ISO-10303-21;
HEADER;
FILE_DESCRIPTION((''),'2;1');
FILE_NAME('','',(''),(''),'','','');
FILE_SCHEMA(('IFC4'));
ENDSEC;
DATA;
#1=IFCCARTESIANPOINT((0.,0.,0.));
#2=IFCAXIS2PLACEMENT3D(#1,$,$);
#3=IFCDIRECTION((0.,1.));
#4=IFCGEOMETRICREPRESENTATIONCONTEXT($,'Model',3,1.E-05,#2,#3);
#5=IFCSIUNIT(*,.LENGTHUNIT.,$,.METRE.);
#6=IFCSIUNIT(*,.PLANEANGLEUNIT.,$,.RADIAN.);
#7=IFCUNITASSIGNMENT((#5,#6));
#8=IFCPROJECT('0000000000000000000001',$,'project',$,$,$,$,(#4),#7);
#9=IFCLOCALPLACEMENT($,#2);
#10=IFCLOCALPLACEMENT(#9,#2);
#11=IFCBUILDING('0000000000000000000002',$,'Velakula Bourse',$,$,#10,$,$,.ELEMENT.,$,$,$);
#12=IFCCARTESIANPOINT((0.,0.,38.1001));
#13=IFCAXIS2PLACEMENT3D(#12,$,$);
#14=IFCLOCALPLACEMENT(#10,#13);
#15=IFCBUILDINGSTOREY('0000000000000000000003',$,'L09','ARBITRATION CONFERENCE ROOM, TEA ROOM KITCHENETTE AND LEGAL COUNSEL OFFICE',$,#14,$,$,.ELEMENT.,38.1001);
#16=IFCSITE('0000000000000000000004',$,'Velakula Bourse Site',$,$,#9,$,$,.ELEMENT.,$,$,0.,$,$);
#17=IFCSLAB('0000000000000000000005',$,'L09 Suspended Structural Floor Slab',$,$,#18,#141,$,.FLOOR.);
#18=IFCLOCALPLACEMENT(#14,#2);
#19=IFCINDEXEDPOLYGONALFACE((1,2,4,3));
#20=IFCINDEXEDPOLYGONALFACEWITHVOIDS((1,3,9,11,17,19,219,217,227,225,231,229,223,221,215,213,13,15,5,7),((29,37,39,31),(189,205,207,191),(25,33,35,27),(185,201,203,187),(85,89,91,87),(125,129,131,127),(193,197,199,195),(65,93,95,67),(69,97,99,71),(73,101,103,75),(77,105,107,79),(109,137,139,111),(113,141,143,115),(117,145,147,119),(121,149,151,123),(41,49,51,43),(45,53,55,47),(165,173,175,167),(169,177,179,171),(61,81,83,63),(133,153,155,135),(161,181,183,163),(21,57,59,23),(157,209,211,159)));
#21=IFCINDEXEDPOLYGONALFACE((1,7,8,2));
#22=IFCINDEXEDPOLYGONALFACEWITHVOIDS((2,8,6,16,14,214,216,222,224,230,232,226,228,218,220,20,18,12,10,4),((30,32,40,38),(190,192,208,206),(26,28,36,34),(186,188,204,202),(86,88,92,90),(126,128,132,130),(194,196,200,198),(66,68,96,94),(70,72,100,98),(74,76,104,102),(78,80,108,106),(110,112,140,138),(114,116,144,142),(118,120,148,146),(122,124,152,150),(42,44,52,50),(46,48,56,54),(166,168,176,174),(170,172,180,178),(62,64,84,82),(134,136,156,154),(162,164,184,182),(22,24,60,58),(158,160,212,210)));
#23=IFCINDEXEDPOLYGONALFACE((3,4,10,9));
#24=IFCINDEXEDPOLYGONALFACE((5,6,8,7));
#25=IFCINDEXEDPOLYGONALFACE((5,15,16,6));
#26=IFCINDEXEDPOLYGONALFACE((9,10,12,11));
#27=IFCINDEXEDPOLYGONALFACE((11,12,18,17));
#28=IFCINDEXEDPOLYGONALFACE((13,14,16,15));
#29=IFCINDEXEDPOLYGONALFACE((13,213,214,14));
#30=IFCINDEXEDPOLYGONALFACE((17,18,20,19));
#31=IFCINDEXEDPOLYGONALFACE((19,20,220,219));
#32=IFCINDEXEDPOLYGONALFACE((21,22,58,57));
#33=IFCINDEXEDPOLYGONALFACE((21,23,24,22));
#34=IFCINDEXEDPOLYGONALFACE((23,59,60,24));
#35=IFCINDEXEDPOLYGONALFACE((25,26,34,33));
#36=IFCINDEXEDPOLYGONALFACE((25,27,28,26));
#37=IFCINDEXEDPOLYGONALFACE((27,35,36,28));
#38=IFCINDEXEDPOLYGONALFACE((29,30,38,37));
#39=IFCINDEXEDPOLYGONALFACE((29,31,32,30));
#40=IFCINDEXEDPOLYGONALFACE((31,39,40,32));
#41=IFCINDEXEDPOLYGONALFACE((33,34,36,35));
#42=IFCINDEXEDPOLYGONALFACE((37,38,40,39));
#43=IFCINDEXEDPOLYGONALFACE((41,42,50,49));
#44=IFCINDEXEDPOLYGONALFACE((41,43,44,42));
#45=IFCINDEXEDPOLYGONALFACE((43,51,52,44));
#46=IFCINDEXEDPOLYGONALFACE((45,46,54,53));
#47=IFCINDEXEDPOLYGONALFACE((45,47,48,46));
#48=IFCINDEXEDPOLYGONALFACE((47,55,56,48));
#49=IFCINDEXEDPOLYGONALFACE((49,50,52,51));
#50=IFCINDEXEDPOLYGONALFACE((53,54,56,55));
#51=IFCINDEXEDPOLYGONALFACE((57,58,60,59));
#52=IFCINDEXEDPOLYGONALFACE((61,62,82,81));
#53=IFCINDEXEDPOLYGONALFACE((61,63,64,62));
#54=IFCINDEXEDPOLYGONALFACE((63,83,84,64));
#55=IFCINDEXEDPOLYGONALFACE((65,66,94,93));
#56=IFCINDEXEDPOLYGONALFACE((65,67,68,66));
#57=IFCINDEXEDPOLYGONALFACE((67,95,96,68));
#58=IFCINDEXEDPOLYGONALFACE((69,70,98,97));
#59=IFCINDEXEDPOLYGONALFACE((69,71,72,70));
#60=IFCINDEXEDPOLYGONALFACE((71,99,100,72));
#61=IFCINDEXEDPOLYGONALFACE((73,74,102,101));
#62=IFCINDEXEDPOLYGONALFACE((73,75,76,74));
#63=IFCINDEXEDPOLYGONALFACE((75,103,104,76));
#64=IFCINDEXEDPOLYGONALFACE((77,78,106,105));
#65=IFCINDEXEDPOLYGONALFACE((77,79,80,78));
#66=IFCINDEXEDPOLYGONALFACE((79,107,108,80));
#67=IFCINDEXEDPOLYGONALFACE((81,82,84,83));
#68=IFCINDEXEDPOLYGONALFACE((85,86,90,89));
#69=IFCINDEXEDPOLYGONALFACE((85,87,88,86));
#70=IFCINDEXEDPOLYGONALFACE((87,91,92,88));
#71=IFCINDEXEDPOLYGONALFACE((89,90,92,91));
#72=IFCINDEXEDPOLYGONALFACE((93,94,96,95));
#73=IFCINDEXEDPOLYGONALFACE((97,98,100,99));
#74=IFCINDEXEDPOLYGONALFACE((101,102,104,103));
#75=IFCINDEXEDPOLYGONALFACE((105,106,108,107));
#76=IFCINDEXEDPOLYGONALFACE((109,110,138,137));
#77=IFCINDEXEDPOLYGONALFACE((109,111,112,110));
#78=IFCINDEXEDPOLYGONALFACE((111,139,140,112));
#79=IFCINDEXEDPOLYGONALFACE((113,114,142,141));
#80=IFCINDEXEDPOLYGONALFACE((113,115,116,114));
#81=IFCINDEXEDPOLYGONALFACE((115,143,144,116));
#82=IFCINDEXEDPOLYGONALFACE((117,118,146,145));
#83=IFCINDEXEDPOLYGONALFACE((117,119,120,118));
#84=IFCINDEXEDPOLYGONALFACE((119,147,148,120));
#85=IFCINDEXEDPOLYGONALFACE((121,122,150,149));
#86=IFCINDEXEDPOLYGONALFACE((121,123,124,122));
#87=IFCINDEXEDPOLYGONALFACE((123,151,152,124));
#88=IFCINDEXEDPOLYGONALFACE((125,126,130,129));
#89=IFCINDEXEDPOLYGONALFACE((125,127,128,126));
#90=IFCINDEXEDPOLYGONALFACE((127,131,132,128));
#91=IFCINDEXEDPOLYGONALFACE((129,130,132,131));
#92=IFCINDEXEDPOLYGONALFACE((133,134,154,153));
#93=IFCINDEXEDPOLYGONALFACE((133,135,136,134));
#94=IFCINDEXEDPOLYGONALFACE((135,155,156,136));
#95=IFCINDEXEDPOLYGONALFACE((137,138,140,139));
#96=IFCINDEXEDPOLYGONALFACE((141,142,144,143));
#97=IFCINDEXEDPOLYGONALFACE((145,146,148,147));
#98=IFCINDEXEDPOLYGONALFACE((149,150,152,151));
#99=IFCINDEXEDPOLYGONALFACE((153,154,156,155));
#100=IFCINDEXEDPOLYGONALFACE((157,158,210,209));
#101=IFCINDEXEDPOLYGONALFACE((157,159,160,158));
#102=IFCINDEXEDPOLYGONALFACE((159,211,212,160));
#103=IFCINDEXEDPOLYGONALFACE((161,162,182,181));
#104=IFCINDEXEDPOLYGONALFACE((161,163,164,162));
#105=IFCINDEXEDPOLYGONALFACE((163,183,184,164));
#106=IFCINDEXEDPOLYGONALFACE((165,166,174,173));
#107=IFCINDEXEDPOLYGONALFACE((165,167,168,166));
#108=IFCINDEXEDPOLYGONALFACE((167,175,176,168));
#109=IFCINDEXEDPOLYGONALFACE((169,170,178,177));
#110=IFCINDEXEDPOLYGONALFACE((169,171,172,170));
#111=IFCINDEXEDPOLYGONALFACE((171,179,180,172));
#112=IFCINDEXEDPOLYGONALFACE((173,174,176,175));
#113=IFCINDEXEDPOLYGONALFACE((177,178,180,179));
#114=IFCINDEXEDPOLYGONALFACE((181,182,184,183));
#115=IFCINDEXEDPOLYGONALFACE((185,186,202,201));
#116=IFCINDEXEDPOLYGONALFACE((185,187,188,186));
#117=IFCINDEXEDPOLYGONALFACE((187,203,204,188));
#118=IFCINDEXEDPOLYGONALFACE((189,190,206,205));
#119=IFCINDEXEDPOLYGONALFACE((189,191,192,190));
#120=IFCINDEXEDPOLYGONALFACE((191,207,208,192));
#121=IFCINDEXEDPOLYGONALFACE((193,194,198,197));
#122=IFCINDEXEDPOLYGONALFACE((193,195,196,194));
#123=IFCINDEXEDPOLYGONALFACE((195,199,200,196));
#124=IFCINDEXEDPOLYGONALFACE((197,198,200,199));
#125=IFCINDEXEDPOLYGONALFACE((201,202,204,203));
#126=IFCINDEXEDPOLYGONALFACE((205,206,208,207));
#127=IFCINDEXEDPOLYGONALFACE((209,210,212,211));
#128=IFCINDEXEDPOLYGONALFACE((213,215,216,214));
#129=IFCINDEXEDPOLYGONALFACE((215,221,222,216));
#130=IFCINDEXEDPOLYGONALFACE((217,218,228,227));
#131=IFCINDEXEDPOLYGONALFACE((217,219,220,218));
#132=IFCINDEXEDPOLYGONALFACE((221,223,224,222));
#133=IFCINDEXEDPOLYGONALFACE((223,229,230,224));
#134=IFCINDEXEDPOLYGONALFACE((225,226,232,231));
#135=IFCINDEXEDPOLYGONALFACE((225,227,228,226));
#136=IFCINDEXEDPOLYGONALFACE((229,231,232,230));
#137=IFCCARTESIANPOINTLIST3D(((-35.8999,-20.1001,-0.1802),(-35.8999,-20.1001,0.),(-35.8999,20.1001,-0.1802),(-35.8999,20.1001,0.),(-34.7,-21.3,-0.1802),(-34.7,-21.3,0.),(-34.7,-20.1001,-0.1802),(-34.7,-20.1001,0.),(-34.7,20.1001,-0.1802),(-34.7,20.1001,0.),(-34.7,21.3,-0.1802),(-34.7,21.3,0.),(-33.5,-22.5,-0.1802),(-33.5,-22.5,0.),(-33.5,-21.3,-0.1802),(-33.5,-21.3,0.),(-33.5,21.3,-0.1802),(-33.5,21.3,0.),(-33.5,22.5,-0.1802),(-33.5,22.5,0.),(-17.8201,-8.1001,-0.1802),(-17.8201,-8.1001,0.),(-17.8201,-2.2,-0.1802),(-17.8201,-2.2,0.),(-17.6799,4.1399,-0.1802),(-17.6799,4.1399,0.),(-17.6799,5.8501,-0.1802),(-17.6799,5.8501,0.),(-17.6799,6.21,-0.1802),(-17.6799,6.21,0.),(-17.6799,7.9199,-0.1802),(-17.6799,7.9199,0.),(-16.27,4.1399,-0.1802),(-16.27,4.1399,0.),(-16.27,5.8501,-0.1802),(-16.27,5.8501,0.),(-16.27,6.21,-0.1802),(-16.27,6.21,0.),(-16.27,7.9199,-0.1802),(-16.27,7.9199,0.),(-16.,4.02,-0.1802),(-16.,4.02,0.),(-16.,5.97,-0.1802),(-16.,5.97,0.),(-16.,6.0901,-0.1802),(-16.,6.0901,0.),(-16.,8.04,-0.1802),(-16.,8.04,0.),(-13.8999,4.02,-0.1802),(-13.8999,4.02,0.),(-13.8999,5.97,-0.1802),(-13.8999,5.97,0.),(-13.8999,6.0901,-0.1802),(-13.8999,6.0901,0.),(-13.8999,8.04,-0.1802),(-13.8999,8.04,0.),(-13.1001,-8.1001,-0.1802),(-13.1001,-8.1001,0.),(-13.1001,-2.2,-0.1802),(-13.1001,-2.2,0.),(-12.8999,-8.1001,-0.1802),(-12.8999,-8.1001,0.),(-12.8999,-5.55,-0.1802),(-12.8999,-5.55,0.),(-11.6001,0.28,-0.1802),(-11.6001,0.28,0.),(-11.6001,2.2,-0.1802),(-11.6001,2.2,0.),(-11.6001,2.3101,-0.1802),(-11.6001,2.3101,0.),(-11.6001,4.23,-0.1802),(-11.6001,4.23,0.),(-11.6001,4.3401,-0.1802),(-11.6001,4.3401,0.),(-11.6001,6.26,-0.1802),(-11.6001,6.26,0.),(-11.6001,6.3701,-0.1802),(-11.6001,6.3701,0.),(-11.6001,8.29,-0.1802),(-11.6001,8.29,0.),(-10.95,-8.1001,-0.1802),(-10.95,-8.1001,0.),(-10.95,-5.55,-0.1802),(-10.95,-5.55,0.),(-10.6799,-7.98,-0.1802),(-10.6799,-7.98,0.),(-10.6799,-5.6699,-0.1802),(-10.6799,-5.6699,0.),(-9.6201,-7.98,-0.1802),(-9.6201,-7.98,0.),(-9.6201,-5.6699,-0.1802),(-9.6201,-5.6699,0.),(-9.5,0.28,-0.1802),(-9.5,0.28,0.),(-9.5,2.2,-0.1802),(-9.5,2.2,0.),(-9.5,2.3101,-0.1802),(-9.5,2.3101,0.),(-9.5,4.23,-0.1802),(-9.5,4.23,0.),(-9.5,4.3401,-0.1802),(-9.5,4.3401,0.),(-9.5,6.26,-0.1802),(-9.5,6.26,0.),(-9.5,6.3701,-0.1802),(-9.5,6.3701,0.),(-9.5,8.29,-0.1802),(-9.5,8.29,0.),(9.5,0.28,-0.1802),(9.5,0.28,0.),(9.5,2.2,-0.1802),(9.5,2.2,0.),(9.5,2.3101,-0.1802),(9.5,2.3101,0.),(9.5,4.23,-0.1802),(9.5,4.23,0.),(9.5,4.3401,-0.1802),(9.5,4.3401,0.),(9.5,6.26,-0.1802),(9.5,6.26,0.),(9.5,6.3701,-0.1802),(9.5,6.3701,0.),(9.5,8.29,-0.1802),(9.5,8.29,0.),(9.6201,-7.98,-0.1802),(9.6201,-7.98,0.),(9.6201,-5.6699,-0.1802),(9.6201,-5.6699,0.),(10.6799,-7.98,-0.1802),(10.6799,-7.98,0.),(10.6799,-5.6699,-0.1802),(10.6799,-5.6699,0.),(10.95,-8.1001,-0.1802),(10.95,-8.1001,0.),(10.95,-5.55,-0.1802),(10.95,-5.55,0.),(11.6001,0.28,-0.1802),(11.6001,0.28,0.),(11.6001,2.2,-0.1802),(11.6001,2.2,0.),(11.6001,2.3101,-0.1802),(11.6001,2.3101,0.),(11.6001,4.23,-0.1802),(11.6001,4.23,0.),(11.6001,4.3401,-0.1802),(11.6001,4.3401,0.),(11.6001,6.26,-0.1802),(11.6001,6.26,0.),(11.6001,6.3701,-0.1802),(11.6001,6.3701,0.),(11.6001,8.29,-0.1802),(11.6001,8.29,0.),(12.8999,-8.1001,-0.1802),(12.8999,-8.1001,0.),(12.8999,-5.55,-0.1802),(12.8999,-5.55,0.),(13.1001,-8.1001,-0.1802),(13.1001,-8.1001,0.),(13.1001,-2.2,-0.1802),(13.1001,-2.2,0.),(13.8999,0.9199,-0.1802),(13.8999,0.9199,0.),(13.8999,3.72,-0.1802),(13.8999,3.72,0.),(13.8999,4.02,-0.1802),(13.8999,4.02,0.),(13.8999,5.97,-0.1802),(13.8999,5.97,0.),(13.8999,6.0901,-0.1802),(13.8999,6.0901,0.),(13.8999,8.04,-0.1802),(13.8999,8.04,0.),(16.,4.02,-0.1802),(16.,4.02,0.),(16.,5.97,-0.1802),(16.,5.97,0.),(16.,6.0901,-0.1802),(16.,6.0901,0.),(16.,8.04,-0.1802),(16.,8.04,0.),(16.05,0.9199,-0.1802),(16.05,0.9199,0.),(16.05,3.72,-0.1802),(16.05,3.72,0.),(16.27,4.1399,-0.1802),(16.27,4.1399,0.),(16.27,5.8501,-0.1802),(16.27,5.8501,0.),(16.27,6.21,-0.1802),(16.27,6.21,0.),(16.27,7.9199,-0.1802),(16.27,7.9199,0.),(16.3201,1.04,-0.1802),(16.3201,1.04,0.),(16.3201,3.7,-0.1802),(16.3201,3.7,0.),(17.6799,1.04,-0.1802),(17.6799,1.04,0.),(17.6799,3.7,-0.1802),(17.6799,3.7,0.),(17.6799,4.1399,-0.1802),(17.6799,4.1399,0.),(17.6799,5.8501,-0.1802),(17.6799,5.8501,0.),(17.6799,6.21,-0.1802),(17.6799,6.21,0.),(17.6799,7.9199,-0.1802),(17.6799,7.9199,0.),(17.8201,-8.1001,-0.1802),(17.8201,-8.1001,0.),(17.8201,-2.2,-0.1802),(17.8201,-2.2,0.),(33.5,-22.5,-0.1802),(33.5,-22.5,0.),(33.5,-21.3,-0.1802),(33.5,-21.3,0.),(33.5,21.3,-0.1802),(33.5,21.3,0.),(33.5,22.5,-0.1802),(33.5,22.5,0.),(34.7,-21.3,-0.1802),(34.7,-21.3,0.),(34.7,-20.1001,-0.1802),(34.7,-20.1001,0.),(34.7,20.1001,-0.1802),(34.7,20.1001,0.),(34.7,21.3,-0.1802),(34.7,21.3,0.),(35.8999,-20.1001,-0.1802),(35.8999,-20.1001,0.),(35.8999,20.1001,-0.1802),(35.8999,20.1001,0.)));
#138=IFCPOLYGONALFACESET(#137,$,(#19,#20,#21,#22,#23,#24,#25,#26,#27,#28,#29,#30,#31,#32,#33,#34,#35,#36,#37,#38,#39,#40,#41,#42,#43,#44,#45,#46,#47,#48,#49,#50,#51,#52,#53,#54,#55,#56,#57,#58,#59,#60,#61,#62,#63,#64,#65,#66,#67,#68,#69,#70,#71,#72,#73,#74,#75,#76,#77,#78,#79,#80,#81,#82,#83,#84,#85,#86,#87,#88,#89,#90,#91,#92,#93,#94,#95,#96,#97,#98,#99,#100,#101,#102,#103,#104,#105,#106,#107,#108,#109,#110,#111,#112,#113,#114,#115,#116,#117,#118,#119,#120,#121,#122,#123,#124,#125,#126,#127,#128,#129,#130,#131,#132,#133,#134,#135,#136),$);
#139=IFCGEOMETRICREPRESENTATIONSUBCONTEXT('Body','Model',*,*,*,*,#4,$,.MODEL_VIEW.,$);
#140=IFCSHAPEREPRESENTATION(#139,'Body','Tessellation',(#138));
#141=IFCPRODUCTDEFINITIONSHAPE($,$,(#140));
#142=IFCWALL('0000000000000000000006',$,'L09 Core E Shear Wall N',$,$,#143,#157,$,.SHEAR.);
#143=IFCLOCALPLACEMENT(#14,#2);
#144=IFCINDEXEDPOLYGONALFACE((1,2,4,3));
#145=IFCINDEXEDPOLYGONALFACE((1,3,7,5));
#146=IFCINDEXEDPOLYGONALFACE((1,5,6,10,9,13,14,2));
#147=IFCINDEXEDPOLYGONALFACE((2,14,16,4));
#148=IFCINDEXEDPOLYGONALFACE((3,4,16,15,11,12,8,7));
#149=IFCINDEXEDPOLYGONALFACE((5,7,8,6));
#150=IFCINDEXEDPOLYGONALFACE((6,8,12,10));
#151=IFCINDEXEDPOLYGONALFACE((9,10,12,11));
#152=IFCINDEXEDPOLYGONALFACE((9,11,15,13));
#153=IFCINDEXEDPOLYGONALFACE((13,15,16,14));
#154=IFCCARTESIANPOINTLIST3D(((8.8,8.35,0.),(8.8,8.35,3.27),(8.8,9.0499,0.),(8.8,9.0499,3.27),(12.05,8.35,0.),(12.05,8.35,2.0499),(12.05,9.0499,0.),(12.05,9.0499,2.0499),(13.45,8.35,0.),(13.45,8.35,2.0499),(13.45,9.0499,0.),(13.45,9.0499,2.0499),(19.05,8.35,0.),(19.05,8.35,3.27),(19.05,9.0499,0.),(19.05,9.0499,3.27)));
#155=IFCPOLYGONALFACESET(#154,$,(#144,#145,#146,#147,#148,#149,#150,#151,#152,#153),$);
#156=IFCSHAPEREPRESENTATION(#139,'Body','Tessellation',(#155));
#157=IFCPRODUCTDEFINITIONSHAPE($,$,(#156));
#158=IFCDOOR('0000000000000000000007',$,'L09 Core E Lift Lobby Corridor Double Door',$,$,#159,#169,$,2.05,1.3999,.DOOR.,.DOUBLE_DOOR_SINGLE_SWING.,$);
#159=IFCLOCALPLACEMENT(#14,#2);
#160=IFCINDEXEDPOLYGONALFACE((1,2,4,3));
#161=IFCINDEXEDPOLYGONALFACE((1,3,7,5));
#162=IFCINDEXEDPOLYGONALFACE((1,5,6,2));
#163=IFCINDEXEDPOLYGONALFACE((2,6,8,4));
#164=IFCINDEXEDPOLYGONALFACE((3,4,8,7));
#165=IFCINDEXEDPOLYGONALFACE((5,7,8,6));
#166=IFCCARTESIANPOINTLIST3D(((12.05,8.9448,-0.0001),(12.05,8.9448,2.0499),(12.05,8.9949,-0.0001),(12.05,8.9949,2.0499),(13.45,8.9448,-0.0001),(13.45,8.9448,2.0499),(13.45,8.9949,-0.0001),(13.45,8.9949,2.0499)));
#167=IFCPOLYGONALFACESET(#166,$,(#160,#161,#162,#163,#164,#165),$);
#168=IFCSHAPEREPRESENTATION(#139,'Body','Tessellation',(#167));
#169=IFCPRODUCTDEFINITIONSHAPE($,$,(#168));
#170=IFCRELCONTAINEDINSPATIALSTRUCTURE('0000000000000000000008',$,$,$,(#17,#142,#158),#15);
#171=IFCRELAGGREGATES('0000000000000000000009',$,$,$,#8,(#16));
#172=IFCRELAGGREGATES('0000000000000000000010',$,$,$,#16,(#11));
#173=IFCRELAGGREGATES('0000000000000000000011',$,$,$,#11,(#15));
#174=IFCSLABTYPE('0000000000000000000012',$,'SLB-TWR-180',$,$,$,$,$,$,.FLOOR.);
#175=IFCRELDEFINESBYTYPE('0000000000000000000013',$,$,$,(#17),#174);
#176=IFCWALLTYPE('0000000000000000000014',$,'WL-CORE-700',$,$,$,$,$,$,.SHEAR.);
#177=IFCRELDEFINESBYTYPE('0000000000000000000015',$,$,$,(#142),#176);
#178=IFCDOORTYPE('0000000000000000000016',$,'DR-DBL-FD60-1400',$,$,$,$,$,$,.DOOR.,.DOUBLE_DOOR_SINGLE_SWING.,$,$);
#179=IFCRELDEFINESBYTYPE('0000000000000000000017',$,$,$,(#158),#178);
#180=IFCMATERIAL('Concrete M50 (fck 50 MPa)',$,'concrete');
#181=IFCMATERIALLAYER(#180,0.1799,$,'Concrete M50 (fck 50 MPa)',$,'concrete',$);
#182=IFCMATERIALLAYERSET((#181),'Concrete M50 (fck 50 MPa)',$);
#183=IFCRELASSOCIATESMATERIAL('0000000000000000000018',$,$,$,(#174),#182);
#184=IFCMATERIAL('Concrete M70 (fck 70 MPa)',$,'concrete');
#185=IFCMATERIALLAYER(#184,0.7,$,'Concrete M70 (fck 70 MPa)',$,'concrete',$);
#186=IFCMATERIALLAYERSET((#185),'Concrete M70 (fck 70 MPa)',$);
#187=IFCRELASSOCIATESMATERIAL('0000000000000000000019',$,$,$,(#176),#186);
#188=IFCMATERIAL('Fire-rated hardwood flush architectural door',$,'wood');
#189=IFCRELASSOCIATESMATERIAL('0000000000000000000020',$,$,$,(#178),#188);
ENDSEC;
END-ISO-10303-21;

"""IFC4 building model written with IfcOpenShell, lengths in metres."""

from ifc_helpers import new_model, si_unit, direction, frame, frame_2d, origin, place, context, subcontext, project, spatial, polyline, rectangle, outline, extrude, material, layer, layer_set, type_object, element, fill, save


model = new_model("IFC4")

# Units and contexts
model_context = context("Model", 3, precision=1e-05, world=origin(), true_north=direction((0.0, 1.0)))
body_context = subcontext(model_context, "Body", "Model", "MODEL_VIEW")
ifc_project = project(units=[si_unit("LENGTHUNIT", "METRE"), si_unit("PLANEANGLEUNIT", "RADIAN")], contexts=[model_context])

# Site, building, storey
site_placement = place(None, origin())
site = spatial("IfcSite", under=ifc_project, at=site_placement, Name="Velakula Bourse Site", CompositionType="ELEMENT", RefElevation=0.0)
building_placement = place(site_placement, origin())
building = spatial("IfcBuilding", under=site, at=building_placement, Name="Velakula Bourse", CompositionType="ELEMENT")
storey_placement = place(building_placement, frame((0.0, 0.0, 38.1001)))
storey = spatial("IfcBuildingStorey", under=building, at=storey_placement, Name="L09", Description="ARBITRATION CONFERENCE ROOM, TEA ROOM KITCHENETTE AND LEGAL COUNSEL OFFICE", CompositionType="ELEMENT", Elevation=38.1001)

# Shared definitions
ifc_material_1 = material(Name="Concrete M70 (fck 70 MPa)", Category="concrete")

# Slab
ifc_material_2 = material(Name="Concrete M50 (fck 50 MPa)", Category="concrete")
ifc_layer_1 = layer(ifc_material_2, 0.1799, Name="Concrete M50 (fck 50 MPa)", Category="concrete")
ifc_layer_set_1 = layer_set([ifc_layer_1], Name="Concrete M50 (fck 50 MPa)")
slab_type_1 = type_object("IfcSlabType", Name="SLB-TWR-180", PredefinedType="FLOOR", material=ifc_layer_set_1)
slab_1_placement = place(storey_placement, frame((0.0, 0.0, -0.1802)))
element("IfcSlab", 1, at=slab_1_placement, inside=storey, type_object=slab_type_1, Name="L09 Suspended Structural Floor Slab", PredefinedType="FLOOR", context=body_context, shape_type="SweptSolid", body=[
    extrude(outline(polyline([(-33.5, -22.5), (33.5, -22.5), (33.5, -21.3), (34.7, -21.3), (34.7, -20.1001), (35.8999, -20.1001), (35.8999, 20.1001), (34.7, 20.1001), (34.7, 21.3), (33.5, 21.3), (33.5, 22.5), (-33.5, 22.5), (-33.5, 21.3), (-34.7, 21.3), (-34.7, 20.1001), (-35.8999, 20.1001), (-35.8999, -20.1001), (-34.7, -20.1001), (-34.7, -21.3), (-33.5, -21.3), (-33.5, -22.5)]), holes=[polyline([(-17.8201, -8.1001), (-13.1001, -8.1001), (-13.1001, -2.2), (-17.8201, -2.2), (-17.8201, -8.1001)]), polyline([(13.1001, -8.1001), (17.8201, -8.1001), (17.8201, -2.2), (13.1001, -2.2), (13.1001, -8.1001)]), polyline([(-12.8999, -8.1001), (-10.95, -8.1001), (-10.95, -5.55), (-12.8999, -5.55), (-12.8999, -8.1001)]), polyline([(10.95, -8.1001), (12.8999, -8.1001), (12.8999, -5.55), (10.95, -5.55), (10.95, -8.1001)]), polyline([(13.8999, 0.9199), (16.05, 0.9199), (16.05, 3.72), (13.8999, 3.72), (13.8999, 0.9199)]), polyline([(-10.6799, -7.98), (-9.6201, -7.98), (-9.6201, -5.6699), (-10.6799, -5.6699), (-10.6799, -7.98)]), polyline([(-17.6799, 4.1399), (-16.27, 4.1399), (-16.27, 5.8501), (-17.6799, 5.8501), (-17.6799, 4.1399)]), polyline([(-17.6799, 6.21), (-16.27, 6.21), (-16.27, 7.9199), (-17.6799, 7.9199), (-17.6799, 6.21)]), polyline([(9.6201, -7.98), (10.6799, -7.98), (10.6799, -5.6699), (9.6201, -5.6699), (9.6201, -7.98)]), polyline([(16.27, 4.1399), (17.6799, 4.1399), (17.6799, 5.8501), (16.27, 5.8501), (16.27, 4.1399)]), polyline([(16.27, 6.21), (17.6799, 6.21), (17.6799, 7.9199), (16.27, 7.9199), (16.27, 6.21)]), polyline([(16.3201, 1.04), (17.6799, 1.04), (17.6799, 3.7), (16.3201, 3.7), (16.3201, 1.04)]), polyline([(-11.6001, 0.28), (-9.5, 0.28), (-9.5, 2.2), (-11.6001, 2.2), (-11.6001, 0.28)]), polyline([(-11.6001, 2.3101), (-9.5, 2.3101), (-9.5, 4.23), (-11.6001, 4.23), (-11.6001, 2.3101)]), polyline([(-11.6001, 4.3401), (-9.5, 4.3401), (-9.5, 6.26), (-11.6001, 6.26), (-11.6001, 4.3401)]), polyline([(-11.6001, 6.3701), (-9.5, 6.3701), (-9.5, 8.29), (-11.6001, 8.29), (-11.6001, 6.3701)]), polyline([(9.5, 0.28), (11.6001, 0.28), (11.6001, 2.2), (9.5, 2.2), (9.5, 0.28)]), polyline([(9.5, 2.3101), (11.6001, 2.3101), (11.6001, 4.23), (9.5, 4.23), (9.5, 2.3101)]), polyline([(9.5, 4.3401), (11.6001, 4.3401), (11.6001, 6.26), (9.5, 6.26), (9.5, 4.3401)]), polyline([(9.5, 6.3701), (11.6001, 6.3701), (11.6001, 8.29), (9.5, 8.29), (9.5, 6.3701)]), polyline([(-16.0, 4.02), (-13.8999, 4.02), (-13.8999, 5.97), (-16.0, 5.97), (-16.0, 4.02)]), polyline([(-16.0, 6.0901), (-13.8999, 6.0901), (-13.8999, 8.04), (-16.0, 8.04), (-16.0, 6.0901)]), polyline([(13.8999, 4.02), (16.0, 4.02), (16.0, 5.97), (13.8999, 5.97), (13.8999, 4.02)]), polyline([(13.8999, 6.0901), (16.0, 6.0901), (16.0, 8.04), (13.8999, 8.04), (13.8999, 6.0901)])]), origin(), (0.0, 0.0, 1.0), 0.1802),
])

# Wall, opening, door
ifc_layer_2 = layer(ifc_material_1, 0.7, Name="Concrete M70 (fck 70 MPa)", Category="concrete")
ifc_layer_set_2 = layer_set([ifc_layer_2], Name="Concrete M70 (fck 70 MPa)")
wall_type_1 = type_object("IfcWallType", Name="WL-CORE-700", PredefinedType="SHEAR", material=ifc_layer_set_2)
wall_1_placement = place(storey_placement, frame((8.8, 8.7, 0.0), z_axis=(0.0, 0.0, 1.0), x_axis=(1.0, 0.0, 0.0)))
wall_1 = element("IfcWall", 2, at=wall_1_placement, inside=storey, type_object=wall_type_1, Name="L09 Core E Shear Wall N", PredefinedType="SHEAR", context=body_context, shape_type="SweptSolid", body=[
    extrude(rectangle(XDim=10.25, YDim=0.7, at=frame_2d((5.125, 0.0))), origin(), (0.0, 0.0, 1.0), 3.27),
])
opening_1_placement = place(wall_1_placement, frame((3.25, 0.0, 0.0)))
opening_1 = element("IfcOpeningElement", 3, at=opening_1_placement, cuts=wall_1, PredefinedType="OPENING", context=body_context, shape_type="SweptSolid", body=[
    extrude(rectangle(XDim=1.3999, YDim=2.05, at=frame_2d((0.7, 1.0249))), frame((0.0, 0.3599, 0.0), z_axis=(0.0, -1.0, 0.0), x_axis=(1.0, 0.0, 0.0)), (0.0, 0.0, 1.0), 0.72),
])
ifc_material_3 = material(Name="Fire-rated hardwood flush architectural door", Category="wood")
door_type_1 = type_object("IfcDoorType", Name="DR-DBL-FD60-1400", OperationType="DOUBLE_DOOR_SINGLE_SWING", PredefinedType="DOOR", material=ifc_material_3)
door_1_placement = place(opening_1_placement, origin())
door_1 = element("IfcDoor", 4, at=door_1_placement, inside=storey, type_object=door_type_1, Name="L09 Core E Lift Lobby Corridor Double Door", OperationType="DOUBLE_DOOR_SINGLE_SWING", OverallHeight=2.05, OverallWidth=1.3999, PredefinedType="DOOR", context=body_context, shape_type="SweptSolid", body=[
    extrude(rectangle(XDim=1.3999, YDim=2.05, at=frame_2d((0.7, 1.0249))), frame((0.0, 0.2949, 0.0), z_axis=(0.0, -1.0, 0.0), x_axis=(1.0, 0.0, 0.0)), (0.0, 0.0, 1.0), 0.05),
])
fill(opening_1, door_1)

save(model, "model.ifc")
